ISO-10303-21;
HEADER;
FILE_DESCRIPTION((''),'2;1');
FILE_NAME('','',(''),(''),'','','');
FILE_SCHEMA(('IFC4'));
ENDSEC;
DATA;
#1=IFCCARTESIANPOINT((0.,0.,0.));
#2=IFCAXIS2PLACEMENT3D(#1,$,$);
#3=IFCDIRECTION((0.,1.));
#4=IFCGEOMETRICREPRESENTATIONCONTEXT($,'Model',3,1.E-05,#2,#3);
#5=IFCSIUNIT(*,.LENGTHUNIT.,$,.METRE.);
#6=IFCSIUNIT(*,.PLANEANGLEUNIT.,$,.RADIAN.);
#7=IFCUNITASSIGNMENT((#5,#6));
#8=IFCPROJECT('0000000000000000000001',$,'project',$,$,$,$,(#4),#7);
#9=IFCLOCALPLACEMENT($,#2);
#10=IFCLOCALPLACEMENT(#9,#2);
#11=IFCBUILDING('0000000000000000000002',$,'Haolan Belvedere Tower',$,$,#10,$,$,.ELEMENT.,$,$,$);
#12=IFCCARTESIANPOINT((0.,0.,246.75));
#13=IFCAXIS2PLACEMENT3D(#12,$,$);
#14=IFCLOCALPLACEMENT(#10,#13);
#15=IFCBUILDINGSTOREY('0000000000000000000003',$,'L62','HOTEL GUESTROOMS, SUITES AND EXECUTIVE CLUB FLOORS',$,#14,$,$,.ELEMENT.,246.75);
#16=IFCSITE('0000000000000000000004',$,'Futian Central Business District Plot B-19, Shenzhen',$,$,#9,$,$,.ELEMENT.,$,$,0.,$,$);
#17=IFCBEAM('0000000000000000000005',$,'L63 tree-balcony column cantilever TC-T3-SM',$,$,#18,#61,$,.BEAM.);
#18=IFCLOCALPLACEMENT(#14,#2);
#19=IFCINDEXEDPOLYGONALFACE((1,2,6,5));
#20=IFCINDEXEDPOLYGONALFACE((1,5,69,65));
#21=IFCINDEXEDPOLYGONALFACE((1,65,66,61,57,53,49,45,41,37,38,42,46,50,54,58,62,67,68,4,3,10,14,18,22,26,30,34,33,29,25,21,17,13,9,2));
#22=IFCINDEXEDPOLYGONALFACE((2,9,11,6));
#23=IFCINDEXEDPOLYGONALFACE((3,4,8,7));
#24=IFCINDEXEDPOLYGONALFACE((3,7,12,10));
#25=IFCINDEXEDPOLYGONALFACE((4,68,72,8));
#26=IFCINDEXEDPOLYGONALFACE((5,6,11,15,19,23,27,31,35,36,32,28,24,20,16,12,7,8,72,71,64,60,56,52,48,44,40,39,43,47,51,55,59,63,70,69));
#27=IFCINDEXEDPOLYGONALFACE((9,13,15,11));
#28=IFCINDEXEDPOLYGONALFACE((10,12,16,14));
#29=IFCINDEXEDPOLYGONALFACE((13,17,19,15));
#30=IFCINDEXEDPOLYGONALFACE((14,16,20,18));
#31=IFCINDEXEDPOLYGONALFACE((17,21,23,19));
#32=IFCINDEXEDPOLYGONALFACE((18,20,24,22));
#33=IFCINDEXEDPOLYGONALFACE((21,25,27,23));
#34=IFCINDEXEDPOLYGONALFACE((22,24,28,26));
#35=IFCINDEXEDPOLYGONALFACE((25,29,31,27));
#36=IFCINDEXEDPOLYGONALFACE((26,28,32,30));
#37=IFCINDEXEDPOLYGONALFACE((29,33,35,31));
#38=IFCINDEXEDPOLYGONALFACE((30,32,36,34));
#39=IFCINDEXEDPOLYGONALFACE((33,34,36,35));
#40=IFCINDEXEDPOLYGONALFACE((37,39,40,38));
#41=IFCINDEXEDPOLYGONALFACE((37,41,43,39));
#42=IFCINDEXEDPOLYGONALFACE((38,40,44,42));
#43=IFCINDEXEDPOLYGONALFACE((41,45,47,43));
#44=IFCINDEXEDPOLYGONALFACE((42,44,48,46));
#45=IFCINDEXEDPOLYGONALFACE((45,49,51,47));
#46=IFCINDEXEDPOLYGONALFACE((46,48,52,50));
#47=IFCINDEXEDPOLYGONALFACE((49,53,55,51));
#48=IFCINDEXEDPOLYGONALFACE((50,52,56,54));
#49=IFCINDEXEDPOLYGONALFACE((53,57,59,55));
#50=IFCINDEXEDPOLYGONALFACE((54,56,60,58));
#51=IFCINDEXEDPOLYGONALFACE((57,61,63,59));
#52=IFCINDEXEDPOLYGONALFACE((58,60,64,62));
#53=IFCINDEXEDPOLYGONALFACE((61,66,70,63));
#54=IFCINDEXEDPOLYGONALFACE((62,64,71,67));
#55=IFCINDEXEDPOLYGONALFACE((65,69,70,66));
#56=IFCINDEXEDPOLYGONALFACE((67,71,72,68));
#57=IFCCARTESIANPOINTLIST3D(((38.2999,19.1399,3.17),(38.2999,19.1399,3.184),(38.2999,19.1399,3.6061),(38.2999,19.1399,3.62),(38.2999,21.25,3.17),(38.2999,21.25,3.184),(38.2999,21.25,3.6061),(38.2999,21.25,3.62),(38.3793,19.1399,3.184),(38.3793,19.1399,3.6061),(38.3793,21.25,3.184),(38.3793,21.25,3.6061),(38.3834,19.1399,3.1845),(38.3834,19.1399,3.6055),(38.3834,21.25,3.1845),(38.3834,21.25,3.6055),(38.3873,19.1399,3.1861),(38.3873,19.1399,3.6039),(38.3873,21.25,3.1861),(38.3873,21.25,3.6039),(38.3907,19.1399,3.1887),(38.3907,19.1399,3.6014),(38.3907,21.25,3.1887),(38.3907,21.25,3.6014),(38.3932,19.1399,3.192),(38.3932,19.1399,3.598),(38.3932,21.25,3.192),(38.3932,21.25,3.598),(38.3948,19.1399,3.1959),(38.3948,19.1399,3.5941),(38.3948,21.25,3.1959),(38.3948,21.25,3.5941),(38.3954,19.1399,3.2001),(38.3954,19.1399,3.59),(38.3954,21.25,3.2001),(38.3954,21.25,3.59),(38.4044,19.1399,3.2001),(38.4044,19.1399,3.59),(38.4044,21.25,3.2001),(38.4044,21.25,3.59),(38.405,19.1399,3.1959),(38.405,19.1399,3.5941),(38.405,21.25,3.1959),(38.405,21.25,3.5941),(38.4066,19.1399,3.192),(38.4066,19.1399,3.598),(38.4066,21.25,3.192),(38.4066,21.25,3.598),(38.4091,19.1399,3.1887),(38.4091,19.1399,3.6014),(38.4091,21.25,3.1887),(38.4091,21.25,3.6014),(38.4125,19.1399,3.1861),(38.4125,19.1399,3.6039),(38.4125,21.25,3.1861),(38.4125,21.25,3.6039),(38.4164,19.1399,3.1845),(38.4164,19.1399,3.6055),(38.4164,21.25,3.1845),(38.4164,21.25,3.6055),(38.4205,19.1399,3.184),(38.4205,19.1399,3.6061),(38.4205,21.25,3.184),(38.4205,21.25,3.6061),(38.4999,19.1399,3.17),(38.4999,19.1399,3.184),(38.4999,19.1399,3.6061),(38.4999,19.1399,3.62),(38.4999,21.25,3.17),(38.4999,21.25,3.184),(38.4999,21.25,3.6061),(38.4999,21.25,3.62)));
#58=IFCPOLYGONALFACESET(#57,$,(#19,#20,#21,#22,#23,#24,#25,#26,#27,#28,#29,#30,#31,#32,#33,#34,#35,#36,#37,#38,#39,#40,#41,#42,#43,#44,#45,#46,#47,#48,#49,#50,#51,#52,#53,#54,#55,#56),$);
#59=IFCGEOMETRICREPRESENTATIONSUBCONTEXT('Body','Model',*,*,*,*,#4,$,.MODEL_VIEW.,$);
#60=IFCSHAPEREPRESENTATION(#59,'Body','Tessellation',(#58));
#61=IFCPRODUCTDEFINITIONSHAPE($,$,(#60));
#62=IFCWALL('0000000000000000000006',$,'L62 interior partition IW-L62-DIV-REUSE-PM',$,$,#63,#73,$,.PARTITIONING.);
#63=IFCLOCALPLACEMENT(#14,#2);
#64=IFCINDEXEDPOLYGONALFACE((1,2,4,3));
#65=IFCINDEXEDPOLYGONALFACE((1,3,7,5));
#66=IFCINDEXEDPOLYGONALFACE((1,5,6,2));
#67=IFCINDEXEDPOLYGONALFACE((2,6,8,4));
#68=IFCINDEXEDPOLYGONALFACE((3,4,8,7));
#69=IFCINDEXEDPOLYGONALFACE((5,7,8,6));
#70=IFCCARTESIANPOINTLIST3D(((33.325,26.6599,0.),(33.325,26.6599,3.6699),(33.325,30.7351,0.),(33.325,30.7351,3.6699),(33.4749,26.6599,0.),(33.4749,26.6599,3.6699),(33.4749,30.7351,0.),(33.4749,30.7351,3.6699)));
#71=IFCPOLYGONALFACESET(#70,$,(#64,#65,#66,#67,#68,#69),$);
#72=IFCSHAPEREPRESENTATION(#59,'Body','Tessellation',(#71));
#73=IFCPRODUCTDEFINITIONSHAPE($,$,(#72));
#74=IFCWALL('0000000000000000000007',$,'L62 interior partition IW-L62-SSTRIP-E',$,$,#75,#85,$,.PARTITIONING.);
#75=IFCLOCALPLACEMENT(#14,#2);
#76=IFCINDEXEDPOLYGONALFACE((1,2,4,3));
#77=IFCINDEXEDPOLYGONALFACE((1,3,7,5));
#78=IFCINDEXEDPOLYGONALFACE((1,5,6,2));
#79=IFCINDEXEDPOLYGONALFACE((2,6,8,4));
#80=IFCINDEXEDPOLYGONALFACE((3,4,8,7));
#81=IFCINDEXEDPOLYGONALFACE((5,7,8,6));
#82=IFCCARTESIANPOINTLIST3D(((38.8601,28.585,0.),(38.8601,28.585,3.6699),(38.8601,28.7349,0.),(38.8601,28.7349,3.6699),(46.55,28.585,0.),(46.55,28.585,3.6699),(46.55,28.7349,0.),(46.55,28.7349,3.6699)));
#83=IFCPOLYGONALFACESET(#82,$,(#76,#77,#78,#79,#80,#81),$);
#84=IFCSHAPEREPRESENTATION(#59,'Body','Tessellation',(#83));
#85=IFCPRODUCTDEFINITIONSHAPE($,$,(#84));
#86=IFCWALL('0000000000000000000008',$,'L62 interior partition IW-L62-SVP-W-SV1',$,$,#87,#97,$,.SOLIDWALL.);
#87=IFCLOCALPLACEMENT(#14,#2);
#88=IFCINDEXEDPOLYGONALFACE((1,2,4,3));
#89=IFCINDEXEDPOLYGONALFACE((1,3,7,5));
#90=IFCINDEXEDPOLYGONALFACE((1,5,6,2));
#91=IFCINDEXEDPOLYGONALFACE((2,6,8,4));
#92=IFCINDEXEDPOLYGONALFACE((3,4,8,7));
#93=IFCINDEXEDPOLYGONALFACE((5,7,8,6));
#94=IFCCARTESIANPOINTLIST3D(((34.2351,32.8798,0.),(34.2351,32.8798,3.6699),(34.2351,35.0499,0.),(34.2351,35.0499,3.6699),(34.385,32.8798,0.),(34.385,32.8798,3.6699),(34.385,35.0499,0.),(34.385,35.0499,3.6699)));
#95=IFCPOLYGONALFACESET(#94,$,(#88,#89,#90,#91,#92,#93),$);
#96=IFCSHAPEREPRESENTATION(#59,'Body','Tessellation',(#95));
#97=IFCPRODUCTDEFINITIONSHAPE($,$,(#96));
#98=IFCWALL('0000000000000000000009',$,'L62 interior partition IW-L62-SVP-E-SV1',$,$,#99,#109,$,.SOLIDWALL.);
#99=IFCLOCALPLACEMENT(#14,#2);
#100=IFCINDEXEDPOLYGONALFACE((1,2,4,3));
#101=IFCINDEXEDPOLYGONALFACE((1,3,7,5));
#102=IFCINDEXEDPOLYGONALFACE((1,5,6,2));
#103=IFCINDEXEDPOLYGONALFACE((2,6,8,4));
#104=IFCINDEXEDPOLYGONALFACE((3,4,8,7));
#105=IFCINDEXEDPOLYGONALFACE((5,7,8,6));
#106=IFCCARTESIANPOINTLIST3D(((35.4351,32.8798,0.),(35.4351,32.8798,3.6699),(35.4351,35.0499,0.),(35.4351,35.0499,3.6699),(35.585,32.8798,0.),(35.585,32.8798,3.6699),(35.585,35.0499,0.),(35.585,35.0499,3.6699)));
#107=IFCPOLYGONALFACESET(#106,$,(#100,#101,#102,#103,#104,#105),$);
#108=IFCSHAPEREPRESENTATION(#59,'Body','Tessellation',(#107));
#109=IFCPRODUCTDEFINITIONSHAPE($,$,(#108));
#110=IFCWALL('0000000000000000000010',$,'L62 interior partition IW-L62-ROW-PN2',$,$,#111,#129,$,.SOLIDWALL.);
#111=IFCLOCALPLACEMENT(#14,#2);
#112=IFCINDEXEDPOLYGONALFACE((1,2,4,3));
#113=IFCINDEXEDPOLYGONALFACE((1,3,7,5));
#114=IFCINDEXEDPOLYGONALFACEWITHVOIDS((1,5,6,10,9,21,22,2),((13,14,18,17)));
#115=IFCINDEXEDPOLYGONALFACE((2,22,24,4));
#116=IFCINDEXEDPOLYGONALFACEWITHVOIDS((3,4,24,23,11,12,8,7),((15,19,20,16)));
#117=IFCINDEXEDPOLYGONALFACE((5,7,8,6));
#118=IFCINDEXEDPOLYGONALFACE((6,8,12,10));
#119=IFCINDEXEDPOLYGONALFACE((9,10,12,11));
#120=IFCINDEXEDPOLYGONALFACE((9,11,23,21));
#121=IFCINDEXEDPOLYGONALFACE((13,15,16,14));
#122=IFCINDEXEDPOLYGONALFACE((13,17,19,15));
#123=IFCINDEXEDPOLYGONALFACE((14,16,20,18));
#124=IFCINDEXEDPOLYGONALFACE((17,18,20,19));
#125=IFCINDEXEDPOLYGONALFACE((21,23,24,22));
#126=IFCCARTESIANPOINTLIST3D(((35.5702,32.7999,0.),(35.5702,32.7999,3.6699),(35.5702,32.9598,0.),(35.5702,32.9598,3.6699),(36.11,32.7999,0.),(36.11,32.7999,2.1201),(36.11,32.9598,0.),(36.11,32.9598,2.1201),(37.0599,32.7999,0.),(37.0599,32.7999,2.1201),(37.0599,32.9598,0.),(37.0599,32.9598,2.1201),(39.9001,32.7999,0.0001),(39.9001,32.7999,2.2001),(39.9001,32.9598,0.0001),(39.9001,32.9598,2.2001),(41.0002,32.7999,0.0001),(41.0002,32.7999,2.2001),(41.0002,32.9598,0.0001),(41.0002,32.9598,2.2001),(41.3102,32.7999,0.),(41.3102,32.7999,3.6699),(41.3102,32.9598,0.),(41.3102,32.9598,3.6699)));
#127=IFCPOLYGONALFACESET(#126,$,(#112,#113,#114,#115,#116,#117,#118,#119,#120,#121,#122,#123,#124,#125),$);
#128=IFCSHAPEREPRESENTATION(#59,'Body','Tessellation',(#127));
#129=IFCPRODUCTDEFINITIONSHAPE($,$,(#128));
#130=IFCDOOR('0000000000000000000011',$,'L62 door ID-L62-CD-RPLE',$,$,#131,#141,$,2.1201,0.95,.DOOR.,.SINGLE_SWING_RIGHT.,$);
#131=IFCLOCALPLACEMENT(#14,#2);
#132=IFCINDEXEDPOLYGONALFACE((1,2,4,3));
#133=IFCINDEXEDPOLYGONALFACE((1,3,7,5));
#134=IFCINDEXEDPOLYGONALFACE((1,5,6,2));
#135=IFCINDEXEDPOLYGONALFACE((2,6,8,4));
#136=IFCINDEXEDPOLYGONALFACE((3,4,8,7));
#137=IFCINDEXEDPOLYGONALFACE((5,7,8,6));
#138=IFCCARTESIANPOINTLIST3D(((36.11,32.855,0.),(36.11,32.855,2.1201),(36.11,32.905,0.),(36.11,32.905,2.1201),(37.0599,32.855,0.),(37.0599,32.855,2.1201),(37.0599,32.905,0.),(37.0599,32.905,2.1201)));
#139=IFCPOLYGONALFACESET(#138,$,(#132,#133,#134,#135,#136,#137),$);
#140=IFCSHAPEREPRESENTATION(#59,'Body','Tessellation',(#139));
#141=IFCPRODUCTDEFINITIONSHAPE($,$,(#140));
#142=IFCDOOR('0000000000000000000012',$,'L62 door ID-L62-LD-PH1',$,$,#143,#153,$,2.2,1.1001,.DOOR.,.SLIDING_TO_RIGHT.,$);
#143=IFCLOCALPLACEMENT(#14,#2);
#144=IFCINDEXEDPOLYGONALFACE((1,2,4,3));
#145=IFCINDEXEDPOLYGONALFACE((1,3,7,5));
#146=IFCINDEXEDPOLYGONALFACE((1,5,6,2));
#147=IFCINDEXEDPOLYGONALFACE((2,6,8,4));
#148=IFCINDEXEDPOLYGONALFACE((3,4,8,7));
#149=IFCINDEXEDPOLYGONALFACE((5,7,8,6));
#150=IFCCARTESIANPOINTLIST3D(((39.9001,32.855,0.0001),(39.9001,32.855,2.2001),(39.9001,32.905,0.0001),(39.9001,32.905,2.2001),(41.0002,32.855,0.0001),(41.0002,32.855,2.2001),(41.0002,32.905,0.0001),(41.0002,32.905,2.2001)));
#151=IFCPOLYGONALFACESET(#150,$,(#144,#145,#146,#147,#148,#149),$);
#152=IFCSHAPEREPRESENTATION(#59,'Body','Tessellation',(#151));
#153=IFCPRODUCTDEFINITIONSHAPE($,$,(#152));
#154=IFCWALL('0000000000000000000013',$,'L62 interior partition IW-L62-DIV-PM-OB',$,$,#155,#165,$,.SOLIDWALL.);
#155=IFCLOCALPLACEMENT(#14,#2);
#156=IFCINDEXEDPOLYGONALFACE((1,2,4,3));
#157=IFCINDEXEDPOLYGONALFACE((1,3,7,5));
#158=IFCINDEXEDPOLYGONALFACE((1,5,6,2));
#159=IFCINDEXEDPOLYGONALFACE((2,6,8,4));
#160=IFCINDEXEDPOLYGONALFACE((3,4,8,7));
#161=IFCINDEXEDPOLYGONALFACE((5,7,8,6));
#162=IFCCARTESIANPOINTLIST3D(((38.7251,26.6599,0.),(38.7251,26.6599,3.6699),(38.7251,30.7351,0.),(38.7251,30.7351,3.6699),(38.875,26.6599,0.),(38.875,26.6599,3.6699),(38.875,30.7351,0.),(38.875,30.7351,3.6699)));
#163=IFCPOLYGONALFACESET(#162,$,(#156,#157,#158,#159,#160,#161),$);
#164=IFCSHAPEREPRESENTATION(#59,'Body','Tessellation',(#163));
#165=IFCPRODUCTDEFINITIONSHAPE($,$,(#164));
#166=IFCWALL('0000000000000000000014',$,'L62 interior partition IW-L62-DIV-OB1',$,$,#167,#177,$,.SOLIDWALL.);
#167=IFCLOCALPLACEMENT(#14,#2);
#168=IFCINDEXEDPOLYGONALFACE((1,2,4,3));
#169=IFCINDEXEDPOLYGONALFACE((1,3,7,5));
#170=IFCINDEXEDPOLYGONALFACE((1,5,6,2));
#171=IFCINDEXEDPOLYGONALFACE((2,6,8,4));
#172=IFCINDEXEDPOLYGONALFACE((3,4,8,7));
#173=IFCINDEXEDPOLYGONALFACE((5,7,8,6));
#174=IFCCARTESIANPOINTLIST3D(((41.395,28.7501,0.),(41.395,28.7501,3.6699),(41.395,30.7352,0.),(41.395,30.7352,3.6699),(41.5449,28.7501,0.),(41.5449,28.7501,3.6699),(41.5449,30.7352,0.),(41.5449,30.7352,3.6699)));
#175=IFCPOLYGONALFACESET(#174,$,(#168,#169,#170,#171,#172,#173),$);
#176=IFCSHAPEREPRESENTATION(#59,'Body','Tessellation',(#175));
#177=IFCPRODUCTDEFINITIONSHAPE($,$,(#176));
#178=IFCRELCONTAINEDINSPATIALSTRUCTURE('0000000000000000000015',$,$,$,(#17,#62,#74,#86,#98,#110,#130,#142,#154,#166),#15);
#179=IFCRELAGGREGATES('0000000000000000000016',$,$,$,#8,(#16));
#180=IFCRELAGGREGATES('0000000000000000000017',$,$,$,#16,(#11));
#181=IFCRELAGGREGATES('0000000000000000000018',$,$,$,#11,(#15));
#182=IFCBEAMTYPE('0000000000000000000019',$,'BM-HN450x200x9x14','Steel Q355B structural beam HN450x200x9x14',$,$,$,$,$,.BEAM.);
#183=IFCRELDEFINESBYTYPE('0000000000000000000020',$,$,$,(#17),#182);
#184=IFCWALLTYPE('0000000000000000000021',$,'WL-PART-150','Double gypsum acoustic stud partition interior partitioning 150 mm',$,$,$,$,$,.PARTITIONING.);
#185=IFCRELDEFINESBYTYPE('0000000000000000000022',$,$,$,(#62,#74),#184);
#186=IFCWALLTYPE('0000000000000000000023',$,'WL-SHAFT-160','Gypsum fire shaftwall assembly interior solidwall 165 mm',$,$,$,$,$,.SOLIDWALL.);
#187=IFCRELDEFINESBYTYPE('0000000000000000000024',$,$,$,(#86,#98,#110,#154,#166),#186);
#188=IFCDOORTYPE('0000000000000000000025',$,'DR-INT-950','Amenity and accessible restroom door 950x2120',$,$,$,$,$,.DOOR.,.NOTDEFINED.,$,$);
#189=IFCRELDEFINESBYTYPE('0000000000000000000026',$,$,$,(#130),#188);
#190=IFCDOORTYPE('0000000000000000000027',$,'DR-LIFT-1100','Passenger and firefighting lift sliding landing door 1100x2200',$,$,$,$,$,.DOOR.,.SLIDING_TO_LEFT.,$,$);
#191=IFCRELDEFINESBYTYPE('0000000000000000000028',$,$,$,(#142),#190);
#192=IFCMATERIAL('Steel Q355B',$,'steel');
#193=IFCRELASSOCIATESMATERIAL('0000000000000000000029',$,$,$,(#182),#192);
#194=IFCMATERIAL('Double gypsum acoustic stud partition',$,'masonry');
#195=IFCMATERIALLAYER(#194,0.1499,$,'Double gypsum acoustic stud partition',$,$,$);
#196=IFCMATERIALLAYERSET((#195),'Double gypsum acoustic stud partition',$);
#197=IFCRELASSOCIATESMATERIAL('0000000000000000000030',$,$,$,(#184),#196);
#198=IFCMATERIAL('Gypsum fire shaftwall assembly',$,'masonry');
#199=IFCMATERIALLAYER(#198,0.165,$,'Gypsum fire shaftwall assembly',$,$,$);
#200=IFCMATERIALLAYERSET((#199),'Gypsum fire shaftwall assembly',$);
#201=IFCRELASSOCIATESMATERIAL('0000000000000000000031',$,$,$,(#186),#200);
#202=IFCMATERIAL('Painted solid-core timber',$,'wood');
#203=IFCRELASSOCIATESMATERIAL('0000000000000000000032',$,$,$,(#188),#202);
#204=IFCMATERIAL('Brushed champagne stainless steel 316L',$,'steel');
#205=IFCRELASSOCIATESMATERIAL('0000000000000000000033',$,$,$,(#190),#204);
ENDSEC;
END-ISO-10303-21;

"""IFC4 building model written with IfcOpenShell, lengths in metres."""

from ifc_helpers import new_model, si_unit, direction, frame, frame_2d, origin, origin_2d, place, context, subcontext, project, spatial, rectangle, i_section, extrude, material, layer, layer_set, material_profile, profile_set, type_object, element, fill, save


model = new_model("IFC4")

# Units and contexts
model_context = context("Model", 3, precision=1e-05, world=origin(), true_north=direction((0.0, 1.0)))
body_context = subcontext(model_context, "Body", "Model", "MODEL_VIEW")
ifc_project = project(units=[si_unit("LENGTHUNIT", "METRE"), si_unit("PLANEANGLEUNIT", "RADIAN")], contexts=[model_context])

# Site, building, storey
site_placement = place(None, origin())
site = spatial("IfcSite", under=ifc_project, at=site_placement, Name="Futian Central Business District Plot B-19, Shenzhen", CompositionType="ELEMENT", RefElevation=0.0)
building_placement = place(site_placement, origin())
building = spatial("IfcBuilding", under=site, at=building_placement, Name="Haolan Belvedere Tower", CompositionType="ELEMENT")
storey_placement = place(building_placement, frame((0.0, 0.0, 246.75)))
storey = spatial("IfcBuildingStorey", under=building, at=storey_placement, Name="L62", Description="HOTEL GUESTROOMS, SUITES AND EXECUTIVE CLUB FLOORS", CompositionType="ELEMENT", Elevation=246.75)

# Beam
ifc_material_1 = material(Name="Steel Q355B", Category="steel")
ifc_material_profile_1 = material_profile(ifc_material_1, i_section(OverallWidth=0.2, OverallDepth=0.45, WebThickness=0.009, FlangeThickness=0.0139, FilletRadius=0.0161, at=origin_2d()), Name="Steel Q355B")
ifc_profile_set_1 = profile_set([ifc_material_profile_1], Name="Steel Q355B")
beam_type_1 = type_object("IfcBeamType", Name="BM-HN450x200x9x14", Description="Steel Q355B structural beam HN450x200x9x14", PredefinedType="BEAM", material=ifc_profile_set_1)
beam_1_placement = place(storey_placement, frame((38.3999, 21.25, 3.395), z_axis=(0.0, -1.0, 0.0), x_axis=(1.0, 0.0, 0.0)))
element("IfcBeam", 1, at=beam_1_placement, inside=storey, type_object=beam_type_1, Name="L63 tree-balcony column cantilever TC-T3-SM", PredefinedType="BEAM", context=body_context, shape_type="SweptSolid", body=[
    extrude(i_section(OverallWidth=0.2, OverallDepth=0.45, WebThickness=0.009, FlangeThickness=0.0139, FilletRadius=0.0161, at=origin_2d()), origin(), (0.0, 0.0, 1.0), 2.1101),
])

# Walls
ifc_material_2 = material(Name="Double gypsum acoustic stud partition", Category="masonry")
ifc_layer_1 = layer(ifc_material_2, 0.1499, Name="Double gypsum acoustic stud partition")
ifc_layer_set_1 = layer_set([ifc_layer_1], Name="Double gypsum acoustic stud partition")
wall_type_1 = type_object("IfcWallType", Name="WL-PART-150", Description="Double gypsum acoustic stud partition interior partitioning 150 mm", PredefinedType="PARTITIONING", material=ifc_layer_set_1)
wall_1_placement = place(storey_placement, frame((33.3999, 26.6599, 0.0), z_axis=(0.0, 0.0, 1.0), x_axis=(0.0, 1.0, 0.0)))
element("IfcWall", 2, at=wall_1_placement, inside=storey, type_object=wall_type_1, Name="L62 interior partition IW-L62-DIV-REUSE-PM", PredefinedType="PARTITIONING", context=body_context, shape_type="SweptSolid", body=[
    extrude(rectangle(XDim=4.0752, YDim=0.1499, at=frame_2d((2.0376, 0.0))), origin(), (0.0, 0.0, 1.0), 3.6699),
])
wall_2_placement = place(storey_placement, frame((38.8601, 28.6599, 0.0), z_axis=(0.0, 0.0, 1.0), x_axis=(1.0, 0.0, 0.0)))
element("IfcWall", 3, at=wall_2_placement, inside=storey, type_object=wall_type_1, Name="L62 interior partition IW-L62-SSTRIP-E", PredefinedType="PARTITIONING", context=body_context, shape_type="SweptSolid", body=[
    extrude(rectangle(XDim=7.6899, YDim=0.1499, at=frame_2d((3.845, 0.0))), origin(), (0.0, 0.0, 1.0), 3.6699),
])
ifc_material_3 = material(Name="Gypsum fire shaftwall assembly", Category="masonry")
ifc_layer_2 = layer(ifc_material_3, 0.165, Name="Gypsum fire shaftwall assembly")
ifc_layer_set_2 = layer_set([ifc_layer_2], Name="Gypsum fire shaftwall assembly")
wall_type_2 = type_object("IfcWallType", Name="WL-SHAFT-160", Description="Gypsum fire shaftwall assembly interior solidwall 165 mm", PredefinedType="SOLIDWALL", material=ifc_layer_set_2)
for number, where, z_axis, x_axis, name in (
    (4, (34.3101, 32.8799, 0.0), (0.0, 0.0, 1.0), (0.0, 1.0, 0.0), "L62 interior partition IW-L62-SVP-W-SV1"),
    (5, (35.51, 32.8799, 0.0), (0.0, 0.0, 1.0), (0.0, 1.0, 0.0), "L62 interior partition IW-L62-SVP-E-SV1"),
):
    element("IfcWall", number, at=place(storey_placement, frame(where, z_axis=z_axis, x_axis=x_axis)), inside=storey, type_object=wall_type_2, Name=name, PredefinedType="SOLIDWALL", context=body_context, shape_type="SweptSolid", body=[
        extrude(rectangle(XDim=2.1702, YDim=0.1499, at=frame_2d((1.085, 0.0))), origin(), (0.0, 0.0, 1.0), 3.6699),
    ])

# Wall, openings, doors
wall_3_placement = place(storey_placement, frame((35.5701, 32.8799, 0.0), z_axis=(0.0, 0.0, 1.0), x_axis=(1.0, 0.0, 0.0)))
wall_3 = element("IfcWall", 6, at=wall_3_placement, inside=storey, type_object=wall_type_2, Name="L62 interior partition IW-L62-ROW-PN2", PredefinedType="SOLIDWALL", context=body_context, shape_type="SweptSolid", body=[
    extrude(rectangle(XDim=5.74, YDim=0.1599, at=frame_2d((2.8701, 0.0))), origin(), (0.0, 0.0, 1.0), 3.6699),
])
opening_1_placement = place(wall_3_placement, frame((1.49, 0.0, 0.0), z_axis=(0.0, 0.0, 1.0), x_axis=(-1.0, 0.0, 0.0)))
opening_1 = element("IfcOpeningElement", 7, at=opening_1_placement, cuts=wall_3, PredefinedType="OPENING", context=body_context, shape_type="SweptSolid", body=[
    extrude(rectangle(XDim=0.95, YDim=2.1201, at=frame_2d((0.4751, 1.0601))), frame((0.0, 0.0898, 0.0), z_axis=(0.0, -1.0, 0.0), x_axis=(1.0, 0.0, 0.0)), (0.0, 0.0, 1.0), 0.1799),
])
opening_2_placement = place(wall_3_placement, frame((5.4302, 0.0, 0.0), z_axis=(0.0, 0.0, 1.0), x_axis=(-1.0, 0.0, 0.0)))
opening_2 = element("IfcOpeningElement", 8, at=opening_2_placement, cuts=wall_3, PredefinedType="OPENING", context=body_context, shape_type="SweptSolid", body=[
    extrude(rectangle(XDim=1.1001, YDim=2.2, at=frame_2d((0.55, 1.1001))), frame((0.0, 0.0898, 0.0), z_axis=(0.0, -1.0, 0.0), x_axis=(1.0, 0.0, 0.0)), (0.0, 0.0, 1.0), 0.1799),
])
ifc_material_4 = material(Name="Painted solid-core timber", Category="wood")
door_type_1 = type_object("IfcDoorType", Name="DR-INT-950", Description="Amenity and accessible restroom door 950x2120", OperationType="NOTDEFINED", PredefinedType="DOOR", material=ifc_material_4)
door_1_placement = place(opening_1_placement, origin())
door_1 = element("IfcDoor", 9, at=door_1_placement, inside=storey, type_object=door_type_1, Name="L62 door ID-L62-CD-RPLE", OperationType="SINGLE_SWING_RIGHT", OverallHeight=2.1201, OverallWidth=0.95, PredefinedType="DOOR", context=body_context, shape_type="SweptSolid", body=[
    extrude(rectangle(XDim=0.95, YDim=2.1201, at=frame_2d((0.4751, 1.0601))), frame((0.0, 0.0249, 0.0), z_axis=(0.0, -1.0, 0.0), x_axis=(1.0, 0.0, 0.0)), (0.0, 0.0, 1.0), 0.05),
])
fill(opening_1, door_1)
ifc_material_5 = material(Name="Brushed champagne stainless steel 316L", Category="steel")
door_type_2 = type_object("IfcDoorType", Name="DR-LIFT-1100", Description="Passenger and firefighting lift sliding landing door 1100x2200", OperationType="SLIDING_TO_LEFT", PredefinedType="DOOR", material=ifc_material_5)
door_2_placement = place(opening_2_placement, origin())
door_2 = element("IfcDoor", 10, at=door_2_placement, inside=storey, type_object=door_type_2, Name="L62 door ID-L62-LD-PH1", OperationType="SLIDING_TO_RIGHT", OverallHeight=2.2, OverallWidth=1.1001, PredefinedType="DOOR", context=body_context, shape_type="SweptSolid", body=[
    extrude(rectangle(XDim=1.1001, YDim=2.2, at=frame_2d((0.55, 1.1001))), frame((0.0, 0.0249, 0.0), z_axis=(0.0, -1.0, 0.0), x_axis=(1.0, 0.0, 0.0)), (0.0, 0.0, 1.0), 0.05),
])
fill(opening_2, door_2)

# Walls
wall_4_placement = place(storey_placement, frame((38.8, 26.6599, 0.0), z_axis=(0.0, 0.0, 1.0), x_axis=(0.0, 1.0, 0.0)))
element("IfcWall", 11, at=wall_4_placement, inside=storey, type_object=wall_type_2, Name="L62 interior partition IW-L62-DIV-PM-OB", PredefinedType="SOLIDWALL", context=body_context, shape_type="SweptSolid", body=[
    extrude(rectangle(XDim=4.0752, YDim=0.1499, at=frame_2d((2.0376, 0.0))), origin(), (0.0, 0.0, 1.0), 3.6699),
])
wall_5_placement = place(storey_placement, frame((41.47, 28.75, 0.0), z_axis=(0.0, 0.0, 1.0), x_axis=(0.0, 1.0, 0.0)))
element("IfcWall", 12, at=wall_5_placement, inside=storey, type_object=wall_type_2, Name="L62 interior partition IW-L62-DIV-OB1", PredefinedType="SOLIDWALL", context=body_context, shape_type="SweptSolid", body=[
    extrude(rectangle(XDim=1.9851, YDim=0.1499, at=frame_2d((0.9927, 0.0))), origin(), (0.0, 0.0, 1.0), 3.6699),
])

save(model, "model.ifc")
